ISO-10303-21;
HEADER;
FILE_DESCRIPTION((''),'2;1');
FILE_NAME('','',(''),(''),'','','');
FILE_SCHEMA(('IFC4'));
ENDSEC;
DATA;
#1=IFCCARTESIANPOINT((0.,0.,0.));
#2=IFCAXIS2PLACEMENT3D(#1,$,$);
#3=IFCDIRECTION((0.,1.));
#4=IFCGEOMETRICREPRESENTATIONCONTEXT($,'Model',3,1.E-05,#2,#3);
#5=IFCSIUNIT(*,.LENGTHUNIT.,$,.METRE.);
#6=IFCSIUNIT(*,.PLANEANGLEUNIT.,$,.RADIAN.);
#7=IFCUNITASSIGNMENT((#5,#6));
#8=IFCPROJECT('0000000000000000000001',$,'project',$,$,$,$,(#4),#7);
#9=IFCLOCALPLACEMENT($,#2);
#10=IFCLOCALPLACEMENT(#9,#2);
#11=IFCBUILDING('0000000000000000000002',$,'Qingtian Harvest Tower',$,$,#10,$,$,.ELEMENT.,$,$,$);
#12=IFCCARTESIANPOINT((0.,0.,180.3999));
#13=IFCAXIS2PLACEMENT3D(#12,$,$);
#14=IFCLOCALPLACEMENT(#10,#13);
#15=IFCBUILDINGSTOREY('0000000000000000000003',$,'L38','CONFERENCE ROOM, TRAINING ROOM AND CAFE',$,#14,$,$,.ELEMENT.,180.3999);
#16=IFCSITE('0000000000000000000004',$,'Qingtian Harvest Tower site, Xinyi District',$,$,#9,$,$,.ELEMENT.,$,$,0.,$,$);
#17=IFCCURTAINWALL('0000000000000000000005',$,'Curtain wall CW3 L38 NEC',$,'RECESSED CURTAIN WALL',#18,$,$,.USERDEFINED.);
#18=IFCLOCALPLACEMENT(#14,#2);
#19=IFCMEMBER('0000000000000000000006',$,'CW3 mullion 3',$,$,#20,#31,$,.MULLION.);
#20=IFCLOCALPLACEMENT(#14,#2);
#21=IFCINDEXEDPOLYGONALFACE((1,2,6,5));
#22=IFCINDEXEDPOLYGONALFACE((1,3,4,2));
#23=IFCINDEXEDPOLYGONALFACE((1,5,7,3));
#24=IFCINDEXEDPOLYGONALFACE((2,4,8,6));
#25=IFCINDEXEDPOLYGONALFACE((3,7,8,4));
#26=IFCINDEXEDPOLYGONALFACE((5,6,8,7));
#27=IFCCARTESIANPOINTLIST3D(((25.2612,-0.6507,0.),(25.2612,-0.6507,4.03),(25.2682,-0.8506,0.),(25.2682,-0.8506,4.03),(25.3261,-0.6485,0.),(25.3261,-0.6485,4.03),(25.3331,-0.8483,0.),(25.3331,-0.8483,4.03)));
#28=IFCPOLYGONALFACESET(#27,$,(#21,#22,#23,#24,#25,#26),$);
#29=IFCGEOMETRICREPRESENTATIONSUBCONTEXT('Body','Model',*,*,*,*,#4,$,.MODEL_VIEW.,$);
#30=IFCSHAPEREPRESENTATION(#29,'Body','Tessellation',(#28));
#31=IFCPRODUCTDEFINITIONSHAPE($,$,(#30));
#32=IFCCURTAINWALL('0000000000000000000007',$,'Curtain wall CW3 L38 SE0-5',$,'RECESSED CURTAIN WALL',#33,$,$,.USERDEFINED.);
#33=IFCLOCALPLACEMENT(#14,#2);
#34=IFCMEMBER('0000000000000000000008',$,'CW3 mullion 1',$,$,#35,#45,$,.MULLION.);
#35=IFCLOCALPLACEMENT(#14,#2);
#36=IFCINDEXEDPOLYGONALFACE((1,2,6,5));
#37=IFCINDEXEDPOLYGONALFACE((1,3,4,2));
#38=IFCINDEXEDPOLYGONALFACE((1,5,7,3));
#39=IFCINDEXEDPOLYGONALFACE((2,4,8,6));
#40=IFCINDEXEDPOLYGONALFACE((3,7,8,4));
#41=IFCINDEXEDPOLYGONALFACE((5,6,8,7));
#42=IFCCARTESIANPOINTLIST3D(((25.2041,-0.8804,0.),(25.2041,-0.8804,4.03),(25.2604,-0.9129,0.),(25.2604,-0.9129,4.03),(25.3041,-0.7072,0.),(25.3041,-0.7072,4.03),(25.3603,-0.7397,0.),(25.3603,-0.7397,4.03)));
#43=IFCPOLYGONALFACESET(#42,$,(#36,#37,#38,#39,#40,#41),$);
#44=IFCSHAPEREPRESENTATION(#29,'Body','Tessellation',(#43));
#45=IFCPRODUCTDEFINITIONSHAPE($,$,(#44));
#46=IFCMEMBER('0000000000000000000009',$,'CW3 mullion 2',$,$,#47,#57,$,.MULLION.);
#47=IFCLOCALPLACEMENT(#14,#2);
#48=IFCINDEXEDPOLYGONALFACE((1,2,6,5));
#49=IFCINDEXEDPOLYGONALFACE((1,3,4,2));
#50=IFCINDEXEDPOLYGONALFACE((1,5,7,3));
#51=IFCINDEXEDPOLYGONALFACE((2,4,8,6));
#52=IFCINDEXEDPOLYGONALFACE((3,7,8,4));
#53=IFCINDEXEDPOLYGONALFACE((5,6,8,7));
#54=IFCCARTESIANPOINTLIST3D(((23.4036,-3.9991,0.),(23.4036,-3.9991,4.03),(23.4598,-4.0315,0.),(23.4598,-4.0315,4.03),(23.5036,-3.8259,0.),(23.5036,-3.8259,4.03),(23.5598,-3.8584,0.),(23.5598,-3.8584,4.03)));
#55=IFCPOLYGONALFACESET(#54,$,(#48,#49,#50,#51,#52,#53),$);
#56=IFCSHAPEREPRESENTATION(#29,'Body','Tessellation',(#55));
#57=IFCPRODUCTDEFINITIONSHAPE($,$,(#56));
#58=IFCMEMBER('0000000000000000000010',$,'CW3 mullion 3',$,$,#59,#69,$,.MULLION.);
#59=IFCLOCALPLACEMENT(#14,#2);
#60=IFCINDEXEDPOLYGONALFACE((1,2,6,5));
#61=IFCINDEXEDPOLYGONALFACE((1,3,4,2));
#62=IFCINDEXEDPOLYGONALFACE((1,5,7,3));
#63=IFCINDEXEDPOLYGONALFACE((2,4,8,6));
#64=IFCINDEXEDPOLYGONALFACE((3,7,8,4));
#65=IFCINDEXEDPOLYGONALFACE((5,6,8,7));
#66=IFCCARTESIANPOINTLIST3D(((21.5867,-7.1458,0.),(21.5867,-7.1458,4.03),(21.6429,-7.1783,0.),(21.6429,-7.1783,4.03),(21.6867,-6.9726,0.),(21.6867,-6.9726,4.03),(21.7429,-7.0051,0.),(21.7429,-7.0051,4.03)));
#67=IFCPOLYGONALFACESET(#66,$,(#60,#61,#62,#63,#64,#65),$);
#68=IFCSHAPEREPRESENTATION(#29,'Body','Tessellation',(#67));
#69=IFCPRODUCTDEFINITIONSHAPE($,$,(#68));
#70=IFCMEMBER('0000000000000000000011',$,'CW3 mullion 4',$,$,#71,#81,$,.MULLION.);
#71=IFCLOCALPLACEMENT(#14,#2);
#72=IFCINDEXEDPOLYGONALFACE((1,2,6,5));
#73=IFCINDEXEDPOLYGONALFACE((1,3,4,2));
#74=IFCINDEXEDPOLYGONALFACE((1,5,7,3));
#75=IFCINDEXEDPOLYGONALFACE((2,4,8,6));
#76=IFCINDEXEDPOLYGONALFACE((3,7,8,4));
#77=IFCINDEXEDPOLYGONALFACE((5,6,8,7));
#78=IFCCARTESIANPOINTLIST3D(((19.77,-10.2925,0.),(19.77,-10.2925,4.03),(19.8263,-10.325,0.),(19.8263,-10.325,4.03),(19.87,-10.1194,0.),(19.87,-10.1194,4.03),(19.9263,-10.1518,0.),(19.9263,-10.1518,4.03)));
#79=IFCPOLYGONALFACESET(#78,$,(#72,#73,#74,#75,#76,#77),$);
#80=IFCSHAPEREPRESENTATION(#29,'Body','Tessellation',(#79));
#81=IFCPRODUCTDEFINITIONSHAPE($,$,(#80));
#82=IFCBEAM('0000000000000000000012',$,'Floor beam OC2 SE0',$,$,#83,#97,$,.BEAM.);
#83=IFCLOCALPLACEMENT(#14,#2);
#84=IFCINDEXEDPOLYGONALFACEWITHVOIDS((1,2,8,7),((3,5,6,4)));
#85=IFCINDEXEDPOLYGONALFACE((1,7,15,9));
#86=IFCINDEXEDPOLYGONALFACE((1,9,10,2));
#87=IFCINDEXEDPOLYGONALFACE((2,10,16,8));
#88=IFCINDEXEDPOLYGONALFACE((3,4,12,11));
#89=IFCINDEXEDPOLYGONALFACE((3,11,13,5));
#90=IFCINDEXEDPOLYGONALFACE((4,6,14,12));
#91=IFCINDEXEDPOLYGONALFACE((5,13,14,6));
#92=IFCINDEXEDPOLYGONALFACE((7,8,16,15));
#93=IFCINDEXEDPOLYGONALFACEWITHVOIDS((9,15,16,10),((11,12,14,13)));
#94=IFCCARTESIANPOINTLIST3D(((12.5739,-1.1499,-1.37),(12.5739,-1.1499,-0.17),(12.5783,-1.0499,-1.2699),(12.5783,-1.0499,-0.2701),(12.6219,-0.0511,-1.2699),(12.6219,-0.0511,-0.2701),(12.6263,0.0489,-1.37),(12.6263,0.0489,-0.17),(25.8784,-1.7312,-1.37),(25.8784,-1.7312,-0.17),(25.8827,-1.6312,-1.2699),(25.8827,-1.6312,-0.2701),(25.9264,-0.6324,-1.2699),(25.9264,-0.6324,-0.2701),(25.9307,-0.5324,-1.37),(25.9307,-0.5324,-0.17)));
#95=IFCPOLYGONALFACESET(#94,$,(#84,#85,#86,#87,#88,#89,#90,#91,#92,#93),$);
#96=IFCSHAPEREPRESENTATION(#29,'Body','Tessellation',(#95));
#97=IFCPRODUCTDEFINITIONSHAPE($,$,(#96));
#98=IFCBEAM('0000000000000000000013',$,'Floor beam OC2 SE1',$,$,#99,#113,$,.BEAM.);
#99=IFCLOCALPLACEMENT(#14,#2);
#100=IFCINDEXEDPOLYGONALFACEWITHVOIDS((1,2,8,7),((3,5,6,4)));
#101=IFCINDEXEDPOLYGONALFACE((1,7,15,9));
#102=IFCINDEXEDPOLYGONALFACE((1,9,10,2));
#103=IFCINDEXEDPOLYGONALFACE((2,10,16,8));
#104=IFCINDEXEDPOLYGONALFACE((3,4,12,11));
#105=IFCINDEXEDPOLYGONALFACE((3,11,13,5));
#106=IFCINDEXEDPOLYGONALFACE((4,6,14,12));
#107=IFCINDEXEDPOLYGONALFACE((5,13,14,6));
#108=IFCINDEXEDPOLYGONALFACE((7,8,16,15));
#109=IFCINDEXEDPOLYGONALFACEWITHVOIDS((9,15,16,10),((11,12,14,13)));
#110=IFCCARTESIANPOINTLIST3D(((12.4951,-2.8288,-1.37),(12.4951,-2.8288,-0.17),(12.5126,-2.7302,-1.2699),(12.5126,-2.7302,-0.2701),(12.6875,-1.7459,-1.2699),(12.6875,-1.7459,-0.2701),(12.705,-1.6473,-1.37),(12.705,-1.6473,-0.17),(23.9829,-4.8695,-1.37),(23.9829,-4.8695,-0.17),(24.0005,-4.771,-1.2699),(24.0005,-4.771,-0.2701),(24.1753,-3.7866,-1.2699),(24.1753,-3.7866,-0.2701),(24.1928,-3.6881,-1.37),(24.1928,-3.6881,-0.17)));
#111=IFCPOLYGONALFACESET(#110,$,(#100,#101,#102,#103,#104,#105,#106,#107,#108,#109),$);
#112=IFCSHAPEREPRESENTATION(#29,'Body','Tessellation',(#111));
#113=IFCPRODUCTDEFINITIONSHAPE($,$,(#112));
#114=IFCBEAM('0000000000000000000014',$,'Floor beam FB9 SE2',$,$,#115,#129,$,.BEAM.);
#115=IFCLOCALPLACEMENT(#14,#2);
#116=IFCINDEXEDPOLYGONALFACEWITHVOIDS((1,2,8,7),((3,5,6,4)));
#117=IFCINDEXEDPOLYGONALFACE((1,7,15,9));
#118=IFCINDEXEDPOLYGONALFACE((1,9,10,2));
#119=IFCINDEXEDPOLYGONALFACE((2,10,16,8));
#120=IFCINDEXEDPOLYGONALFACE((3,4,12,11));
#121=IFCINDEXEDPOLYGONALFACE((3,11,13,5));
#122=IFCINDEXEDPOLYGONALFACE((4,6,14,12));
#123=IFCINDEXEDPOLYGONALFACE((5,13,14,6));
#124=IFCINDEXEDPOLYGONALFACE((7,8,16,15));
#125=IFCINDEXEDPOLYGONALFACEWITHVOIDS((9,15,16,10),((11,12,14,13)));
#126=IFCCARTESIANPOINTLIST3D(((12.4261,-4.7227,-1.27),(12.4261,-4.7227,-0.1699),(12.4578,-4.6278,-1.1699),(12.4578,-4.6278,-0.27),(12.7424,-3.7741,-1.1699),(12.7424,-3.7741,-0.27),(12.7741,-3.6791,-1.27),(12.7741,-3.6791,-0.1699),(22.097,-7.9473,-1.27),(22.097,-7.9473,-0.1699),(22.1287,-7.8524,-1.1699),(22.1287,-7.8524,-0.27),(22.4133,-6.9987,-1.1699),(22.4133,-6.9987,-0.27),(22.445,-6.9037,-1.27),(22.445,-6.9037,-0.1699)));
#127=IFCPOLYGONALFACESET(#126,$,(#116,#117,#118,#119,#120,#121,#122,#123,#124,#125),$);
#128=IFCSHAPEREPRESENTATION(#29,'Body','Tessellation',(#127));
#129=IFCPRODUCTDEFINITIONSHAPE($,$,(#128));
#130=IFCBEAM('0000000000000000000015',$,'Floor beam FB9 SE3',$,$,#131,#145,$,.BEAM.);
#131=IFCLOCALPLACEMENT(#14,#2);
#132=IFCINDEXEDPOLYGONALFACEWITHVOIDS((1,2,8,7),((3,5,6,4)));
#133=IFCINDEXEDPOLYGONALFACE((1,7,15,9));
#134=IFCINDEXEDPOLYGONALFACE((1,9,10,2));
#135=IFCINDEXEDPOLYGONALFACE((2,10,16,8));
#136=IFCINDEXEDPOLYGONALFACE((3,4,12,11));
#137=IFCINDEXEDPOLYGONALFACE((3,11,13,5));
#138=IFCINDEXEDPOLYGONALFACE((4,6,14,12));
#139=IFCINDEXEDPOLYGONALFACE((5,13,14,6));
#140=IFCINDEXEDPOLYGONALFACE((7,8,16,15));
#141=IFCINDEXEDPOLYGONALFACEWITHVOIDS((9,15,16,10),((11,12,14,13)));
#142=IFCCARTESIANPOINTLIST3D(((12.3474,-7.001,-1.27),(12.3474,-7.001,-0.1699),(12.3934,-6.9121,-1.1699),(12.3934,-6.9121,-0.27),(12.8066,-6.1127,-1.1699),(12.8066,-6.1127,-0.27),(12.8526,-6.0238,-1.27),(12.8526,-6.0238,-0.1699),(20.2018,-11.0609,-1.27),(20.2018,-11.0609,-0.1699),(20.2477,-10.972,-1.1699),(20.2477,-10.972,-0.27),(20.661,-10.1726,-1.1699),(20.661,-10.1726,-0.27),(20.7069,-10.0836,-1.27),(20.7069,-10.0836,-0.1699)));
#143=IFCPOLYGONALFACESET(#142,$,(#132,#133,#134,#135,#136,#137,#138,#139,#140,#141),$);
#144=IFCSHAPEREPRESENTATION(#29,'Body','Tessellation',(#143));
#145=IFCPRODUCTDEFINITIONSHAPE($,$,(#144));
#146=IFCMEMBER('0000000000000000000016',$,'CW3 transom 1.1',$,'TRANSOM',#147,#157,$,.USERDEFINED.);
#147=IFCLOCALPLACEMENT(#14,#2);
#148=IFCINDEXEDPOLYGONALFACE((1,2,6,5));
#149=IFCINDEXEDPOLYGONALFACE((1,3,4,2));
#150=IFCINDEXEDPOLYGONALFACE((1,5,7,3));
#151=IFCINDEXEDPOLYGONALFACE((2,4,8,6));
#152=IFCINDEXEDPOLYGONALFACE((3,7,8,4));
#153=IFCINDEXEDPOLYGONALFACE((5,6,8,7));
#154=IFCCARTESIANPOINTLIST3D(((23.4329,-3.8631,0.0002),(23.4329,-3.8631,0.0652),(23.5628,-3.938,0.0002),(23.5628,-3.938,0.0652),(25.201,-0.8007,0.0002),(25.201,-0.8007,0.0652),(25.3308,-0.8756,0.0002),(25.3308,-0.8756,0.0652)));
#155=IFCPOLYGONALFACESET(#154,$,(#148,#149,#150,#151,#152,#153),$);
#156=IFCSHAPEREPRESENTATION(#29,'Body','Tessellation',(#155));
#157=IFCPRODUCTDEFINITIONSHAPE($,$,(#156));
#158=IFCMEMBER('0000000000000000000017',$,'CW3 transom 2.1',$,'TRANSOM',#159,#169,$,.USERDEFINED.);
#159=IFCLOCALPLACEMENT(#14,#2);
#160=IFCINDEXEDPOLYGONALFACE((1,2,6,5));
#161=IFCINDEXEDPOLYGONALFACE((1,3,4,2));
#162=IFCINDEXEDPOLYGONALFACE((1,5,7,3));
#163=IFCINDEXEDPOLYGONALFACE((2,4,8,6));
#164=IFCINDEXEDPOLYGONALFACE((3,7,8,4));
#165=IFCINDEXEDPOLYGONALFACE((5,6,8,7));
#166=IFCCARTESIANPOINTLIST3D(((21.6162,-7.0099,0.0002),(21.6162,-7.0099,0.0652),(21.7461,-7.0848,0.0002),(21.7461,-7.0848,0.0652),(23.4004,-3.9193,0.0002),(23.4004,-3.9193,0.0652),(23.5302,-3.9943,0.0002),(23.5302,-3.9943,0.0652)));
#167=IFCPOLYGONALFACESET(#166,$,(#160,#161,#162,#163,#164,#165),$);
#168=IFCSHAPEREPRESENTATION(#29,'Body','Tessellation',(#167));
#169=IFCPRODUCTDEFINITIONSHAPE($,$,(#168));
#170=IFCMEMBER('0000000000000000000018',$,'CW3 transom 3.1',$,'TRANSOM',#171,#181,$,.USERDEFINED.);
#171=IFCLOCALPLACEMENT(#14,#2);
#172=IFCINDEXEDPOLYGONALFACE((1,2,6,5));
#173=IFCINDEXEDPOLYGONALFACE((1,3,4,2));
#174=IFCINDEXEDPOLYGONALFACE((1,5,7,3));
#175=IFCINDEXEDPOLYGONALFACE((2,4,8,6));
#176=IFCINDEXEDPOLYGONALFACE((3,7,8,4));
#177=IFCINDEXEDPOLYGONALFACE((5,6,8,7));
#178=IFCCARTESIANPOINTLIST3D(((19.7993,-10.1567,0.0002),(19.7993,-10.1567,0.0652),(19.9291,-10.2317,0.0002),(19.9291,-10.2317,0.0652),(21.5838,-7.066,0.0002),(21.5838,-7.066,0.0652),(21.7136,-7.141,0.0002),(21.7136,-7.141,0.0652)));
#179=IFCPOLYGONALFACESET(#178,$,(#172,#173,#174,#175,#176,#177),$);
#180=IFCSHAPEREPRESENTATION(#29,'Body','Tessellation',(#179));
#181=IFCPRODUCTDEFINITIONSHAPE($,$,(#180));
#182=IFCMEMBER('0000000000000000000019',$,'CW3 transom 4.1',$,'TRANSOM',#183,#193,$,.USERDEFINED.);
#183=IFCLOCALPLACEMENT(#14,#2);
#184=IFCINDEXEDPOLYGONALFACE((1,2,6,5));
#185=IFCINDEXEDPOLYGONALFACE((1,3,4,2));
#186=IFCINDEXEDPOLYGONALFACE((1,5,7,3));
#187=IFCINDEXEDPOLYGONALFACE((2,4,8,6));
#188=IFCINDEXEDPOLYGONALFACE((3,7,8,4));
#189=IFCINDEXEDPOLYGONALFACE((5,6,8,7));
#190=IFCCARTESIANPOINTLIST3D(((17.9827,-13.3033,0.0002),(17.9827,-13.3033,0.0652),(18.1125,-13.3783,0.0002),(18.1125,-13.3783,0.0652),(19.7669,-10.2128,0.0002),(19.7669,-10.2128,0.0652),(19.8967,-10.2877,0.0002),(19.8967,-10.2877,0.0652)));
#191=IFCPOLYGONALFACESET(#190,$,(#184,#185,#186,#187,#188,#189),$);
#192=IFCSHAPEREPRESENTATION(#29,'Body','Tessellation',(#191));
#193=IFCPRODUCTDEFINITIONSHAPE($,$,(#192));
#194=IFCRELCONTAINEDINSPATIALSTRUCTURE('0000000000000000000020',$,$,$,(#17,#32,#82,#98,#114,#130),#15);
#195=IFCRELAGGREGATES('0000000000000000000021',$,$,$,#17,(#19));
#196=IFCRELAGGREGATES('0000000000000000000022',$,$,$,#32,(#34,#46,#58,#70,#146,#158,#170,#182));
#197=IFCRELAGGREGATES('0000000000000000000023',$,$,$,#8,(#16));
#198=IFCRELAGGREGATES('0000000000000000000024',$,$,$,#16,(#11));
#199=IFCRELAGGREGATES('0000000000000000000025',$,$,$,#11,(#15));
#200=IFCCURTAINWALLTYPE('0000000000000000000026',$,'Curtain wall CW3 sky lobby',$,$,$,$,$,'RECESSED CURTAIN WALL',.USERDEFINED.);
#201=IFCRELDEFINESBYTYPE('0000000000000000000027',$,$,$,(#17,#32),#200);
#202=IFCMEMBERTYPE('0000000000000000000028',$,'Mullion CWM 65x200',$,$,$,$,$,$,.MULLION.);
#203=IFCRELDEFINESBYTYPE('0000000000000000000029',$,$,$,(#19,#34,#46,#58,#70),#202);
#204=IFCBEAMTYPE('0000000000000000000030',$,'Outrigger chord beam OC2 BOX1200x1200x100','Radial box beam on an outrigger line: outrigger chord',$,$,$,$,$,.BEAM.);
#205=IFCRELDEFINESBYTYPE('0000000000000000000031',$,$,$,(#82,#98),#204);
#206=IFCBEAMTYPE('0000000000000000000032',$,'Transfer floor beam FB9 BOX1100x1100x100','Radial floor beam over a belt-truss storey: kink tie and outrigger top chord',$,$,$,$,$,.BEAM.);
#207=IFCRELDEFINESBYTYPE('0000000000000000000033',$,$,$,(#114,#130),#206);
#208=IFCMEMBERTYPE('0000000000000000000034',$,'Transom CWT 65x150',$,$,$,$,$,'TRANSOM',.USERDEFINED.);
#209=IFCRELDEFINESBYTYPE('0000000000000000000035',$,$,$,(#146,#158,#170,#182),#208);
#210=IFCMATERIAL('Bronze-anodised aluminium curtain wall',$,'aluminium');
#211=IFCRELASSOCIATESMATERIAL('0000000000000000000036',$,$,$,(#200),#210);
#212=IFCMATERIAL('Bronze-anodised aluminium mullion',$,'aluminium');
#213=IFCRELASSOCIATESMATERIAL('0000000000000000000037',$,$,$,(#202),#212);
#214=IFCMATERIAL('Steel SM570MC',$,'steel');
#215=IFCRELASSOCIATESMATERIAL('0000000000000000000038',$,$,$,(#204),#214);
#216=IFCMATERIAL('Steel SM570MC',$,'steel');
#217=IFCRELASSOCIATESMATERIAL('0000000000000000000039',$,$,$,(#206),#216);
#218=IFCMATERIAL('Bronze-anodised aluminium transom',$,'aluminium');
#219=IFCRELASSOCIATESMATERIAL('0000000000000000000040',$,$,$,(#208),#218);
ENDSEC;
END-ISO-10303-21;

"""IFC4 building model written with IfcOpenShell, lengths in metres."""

from ifc_helpers import new_model, si_unit, direction, frame, origin, origin_2d, place, context, subcontext, project, spatial, rectangle, hollow_rectangle, extrude, material, material_profile, profile_set, type_object, element, aggregate, save


model = new_model("IFC4")

# Units and contexts
model_context = context("Model", 3, precision=1e-05, world=origin(), true_north=direction((0.0, 1.0)))
body_context = subcontext(model_context, "Body", "Model", "MODEL_VIEW")
ifc_project = project(units=[si_unit("LENGTHUNIT", "METRE"), si_unit("PLANEANGLEUNIT", "RADIAN")], contexts=[model_context])

# Site, building, storey
site_placement = place(None, origin())
site = spatial("IfcSite", under=ifc_project, at=site_placement, Name="Qingtian Harvest Tower site, Xinyi District", CompositionType="ELEMENT", RefElevation=0.0)
building_placement = place(site_placement, origin())
building = spatial("IfcBuilding", under=site, at=building_placement, Name="Qingtian Harvest Tower", CompositionType="ELEMENT")
storey_placement = place(building_placement, frame((0.0, 0.0, 180.3999)))
storey = spatial("IfcBuildingStorey", under=building, at=storey_placement, Name="L38", Description="CONFERENCE ROOM, TRAINING ROOM AND CAFE", CompositionType="ELEMENT", Elevation=180.3999)

# Curtain wall, member
ifc_material_1 = material(Name="Bronze-anodised aluminium curtain wall", Category="aluminium")
curtain_wall_type = type_object("IfcCurtainWallType", Name="Curtain wall CW3 sky lobby", ElementType="RECESSED CURTAIN WALL", PredefinedType="USERDEFINED", material=ifc_material_1)
curtain_wall_1_placement = place(storey_placement, origin())
curtain_wall_1 = element("IfcCurtainWall", 1, at=curtain_wall_1_placement, inside=storey, type_object=curtain_wall_type, Name="Curtain wall CW3 L38 NEC", ObjectType="RECESSED CURTAIN WALL", PredefinedType="USERDEFINED")
ifc_material_2 = material(Name="Bronze-anodised aluminium mullion", Category="aluminium")
ifc_material_profile_1 = material_profile(ifc_material_2, rectangle(XDim=0.0649, YDim=0.2, at=origin_2d()), Name="AL 65x200")
ifc_profile_set_1 = profile_set([ifc_material_profile_1], Name="Bronze-anodised aluminium mullion")
member_type_1 = type_object("IfcMemberType", Name="Mullion CWM 65x200", PredefinedType="MULLION", material=ifc_profile_set_1)
member_1_placement = place(storey_placement, frame((25.2971, -0.7495, 0.0), z_axis=(0.0, 0.0, 1.0), x_axis=(0.999391, 0.034899, 0.0)))
member_1 = element("IfcMember", 2, at=member_1_placement, type_object=member_type_1, Name="CW3 mullion 3", PredefinedType="MULLION", context=body_context, shape_type="SweptSolid", body=[
    extrude(rectangle(XDim=0.0649, YDim=0.2, at=origin_2d()), origin(), (0.0, 0.0, 1.0), 4.03),
])
aggregate(curtain_wall_1, [member_1])

# Curtain wall, members
curtain_wall_2_placement = place(storey_placement, origin())
curtain_wall_2 = element("IfcCurtainWall", 3, at=curtain_wall_2_placement, inside=storey, type_object=curtain_wall_type, Name="Curtain wall CW3 L38 SE0-5", ObjectType="RECESSED CURTAIN WALL", PredefinedType="USERDEFINED")
member_2_placement = place(storey_placement, frame((25.2822, -0.8101, 0.0), z_axis=(0.0, 0.0, 1.0), x_axis=(0.866025, -0.5, 0.0)))
member_2 = element("IfcMember", 4, at=member_2_placement, type_object=member_type_1, Name="CW3 mullion 1", PredefinedType="MULLION", context=body_context, shape_type="SweptSolid", body=[
    extrude(rectangle(XDim=0.0649, YDim=0.2, at=origin_2d()), origin(), (0.0, 0.0, 1.0), 4.03),
])
member_3_placement = place(storey_placement, frame((23.4817, -3.9287, 0.0), z_axis=(0.0, 0.0, 1.0), x_axis=(0.866025, -0.5, 0.0)))
member_3 = element("IfcMember", 5, at=member_3_placement, type_object=member_type_1, Name="CW3 mullion 2", PredefinedType="MULLION", context=body_context, shape_type="SweptSolid", body=[
    extrude(rectangle(XDim=0.0649, YDim=0.2, at=origin_2d()), origin(), (0.0, 0.0, 1.0), 4.03),
])
member_4_placement = place(storey_placement, frame((21.6648, -7.0754, 0.0), z_axis=(0.0, 0.0, 1.0), x_axis=(0.866025, -0.5, 0.0)))
member_4 = element("IfcMember", 6, at=member_4_placement, type_object=member_type_1, Name="CW3 mullion 3", PredefinedType="MULLION", context=body_context, shape_type="SweptSolid", body=[
    extrude(rectangle(XDim=0.0649, YDim=0.2, at=origin_2d()), origin(), (0.0, 0.0, 1.0), 4.03),
])
member_5_placement = place(storey_placement, frame((19.8481, -10.2222, 0.0), z_axis=(0.0, 0.0, 1.0), x_axis=(0.866025, -0.5, 0.0)))
member_5 = element("IfcMember", 7, at=member_5_placement, type_object=member_type_1, Name="CW3 mullion 4", PredefinedType="MULLION", context=body_context, shape_type="SweptSolid", body=[
    extrude(rectangle(XDim=0.0649, YDim=0.2, at=origin_2d()), origin(), (0.0, 0.0, 1.0), 4.03),
])

# Beams
ifc_material_3 = material(Name="Steel SM570MC", Category="steel")
ifc_material_profile_2 = material_profile(ifc_material_3, hollow_rectangle(XDim=1.2, YDim=1.2, WallThickness=0.1001, at=origin_2d()), Name="BOX1200x1200x100")
ifc_profile_set_2 = profile_set([ifc_material_profile_2], Name="Steel SM570MC")
beam_type_1 = type_object("IfcBeamType", Name="Outrigger chord beam OC2 BOX1200x1200x100", Description="Radial box beam on an outrigger line: outrigger chord", PredefinedType="BEAM", material=ifc_profile_set_2)
beam_1_placement = place(storey_placement, frame((25.9045, -1.1318, -0.77), z_axis=(-0.999047, 0.04365, 0.0), x_axis=(-0.04365, -0.999047, 0.0)))
element("IfcBeam", 8, at=beam_1_placement, inside=storey, type_object=beam_type_1, Name="Floor beam OC2 SE0", PredefinedType="BEAM", context=body_context, shape_type="SweptSolid", body=[
    extrude(hollow_rectangle(XDim=1.2, YDim=1.2, WallThickness=0.1001, at=origin_2d()), origin(), (0.0, 0.0, 1.0), 13.3171),
])
beam_2_placement = place(storey_placement, frame((24.0879, -4.2788, -0.77), z_axis=(-0.984585, 0.174908, 0.0), x_axis=(-0.174908, -0.984585, 0.0)))
element("IfcBeam", 9, at=beam_2_placement, inside=storey, type_object=beam_type_1, Name="Floor beam OC2 SE1", PredefinedType="BEAM", context=body_context, shape_type="SweptSolid", body=[
    extrude(hollow_rectangle(XDim=1.2, YDim=1.2, WallThickness=0.1001, at=origin_2d()), origin(), (0.0, 0.0, 1.0), 11.6677),
])
ifc_material_4 = material(Name="Steel SM570MC", Category="steel")
ifc_material_profile_3 = material_profile(ifc_material_4, hollow_rectangle(XDim=1.1001, YDim=1.1001, WallThickness=0.1001, at=origin_2d()), Name="BOX1100x1100x100")
ifc_profile_set_3 = profile_set([ifc_material_profile_3], Name="Steel SM570MC")
beam_type_2 = type_object("IfcBeamType", Name="Transfer floor beam FB9 BOX1100x1100x100", Description="Radial floor beam over a belt-truss storey: kink tie and outrigger top chord", PredefinedType="BEAM", material=ifc_profile_set_3)
beam_3_placement = place(storey_placement, frame((22.271, -7.4255, -0.72), z_axis=(-0.948655, 0.316314, 0.0), x_axis=(-0.316314, -0.948655, 0.0)))
element("IfcBeam", 10, at=beam_3_placement, inside=storey, type_object=beam_type_2, Name="Floor beam FB9 SE2", PredefinedType="BEAM", context=body_context, shape_type="SweptSolid", body=[
    extrude(hollow_rectangle(XDim=1.1001, YDim=1.1001, WallThickness=0.1001, at=origin_2d()), origin(), (0.0, 0.0, 1.0), 10.1943),
])
beam_4_placement = place(storey_placement, frame((20.4543, -10.5723, -0.72), z_axis=(-0.888344, 0.45918, 0.0), x_axis=(-0.45918, -0.888344, 0.0)))
element("IfcBeam", 11, at=beam_4_placement, inside=storey, type_object=beam_type_2, Name="Floor beam FB9 SE3", PredefinedType="BEAM", context=body_context, shape_type="SweptSolid", body=[
    extrude(hollow_rectangle(XDim=1.1001, YDim=1.1001, WallThickness=0.1001, at=origin_2d()), origin(), (0.0, 0.0, 1.0), 8.8416),
])

# Members
ifc_material_5 = material(Name="Bronze-anodised aluminium transom", Category="aluminium")
ifc_material_profile_4 = material_profile(ifc_material_5, rectangle(XDim=0.1499, YDim=0.0649, at=origin_2d()), Name="AL 65x150")
ifc_profile_set_4 = profile_set([ifc_material_profile_4], Name="Bronze-anodised aluminium transom")
member_type_2 = type_object("IfcMemberType", Name="Transom CWT 65x150", ElementType="TRANSOM", PredefinedType="USERDEFINED", material=ifc_profile_set_4)
member_6_placement = place(storey_placement, frame((25.2659, -0.8381, 0.0327), z_axis=(-0.499985, -0.866034, 0.0), x_axis=(0.866034, -0.499985, 0.0)))
member_6 = element("IfcMember", 12, at=member_6_placement, type_object=member_type_2, Name="CW3 transom 1.1", ObjectType="TRANSOM", PredefinedType="USERDEFINED", context=body_context, shape_type="SweptSolid", body=[
    extrude(rectangle(XDim=0.1499, YDim=0.0649, at=origin_2d()), origin(), (0.0, 0.0, 1.0), 3.5361),
])
member_7_placement = place(storey_placement, frame((23.4653, -3.9568, 0.0327), z_axis=(-0.499965, -0.866045, 0.0), x_axis=(0.866045, -0.499965, 0.0)))
member_7 = element("IfcMember", 13, at=member_7_placement, type_object=member_type_2, Name="CW3 transom 2.1", ObjectType="TRANSOM", PredefinedType="USERDEFINED", context=body_context, shape_type="SweptSolid", body=[
    extrude(rectangle(XDim=0.1499, YDim=0.0649, at=origin_2d()), origin(), (0.0, 0.0, 1.0), 3.5686),
])
member_8_placement = place(storey_placement, frame((21.6487, -7.1035, 0.0327), z_axis=(-0.500017, -0.866016, 0.0), x_axis=(0.866016, -0.500017, 0.0)))
member_8 = element("IfcMember", 14, at=member_8_placement, type_object=member_type_2, Name="CW3 transom 3.1", ObjectType="TRANSOM", PredefinedType="USERDEFINED", context=body_context, shape_type="SweptSolid", body=[
    extrude(rectangle(XDim=0.1499, YDim=0.0649, at=origin_2d()), origin(), (0.0, 0.0, 1.0), 3.5688),
])
member_9_placement = place(storey_placement, frame((19.8318, -10.2502, 0.0327), z_axis=(-0.499965, -0.866045, 0.0), x_axis=(0.866045, -0.499965, 0.0)))
member_9 = element("IfcMember", 15, at=member_9_placement, type_object=member_type_2, Name="CW3 transom 4.1", ObjectType="TRANSOM", PredefinedType="USERDEFINED", context=body_context, shape_type="SweptSolid", body=[
    extrude(rectangle(XDim=0.1499, YDim=0.0649, at=origin_2d()), origin(), (0.0, 0.0, 1.0), 3.5686),
])

aggregate(curtain_wall_2, [member_2, member_3, member_4, member_5, member_6, member_7, member_8, member_9])

save(model, "model.ifc")
